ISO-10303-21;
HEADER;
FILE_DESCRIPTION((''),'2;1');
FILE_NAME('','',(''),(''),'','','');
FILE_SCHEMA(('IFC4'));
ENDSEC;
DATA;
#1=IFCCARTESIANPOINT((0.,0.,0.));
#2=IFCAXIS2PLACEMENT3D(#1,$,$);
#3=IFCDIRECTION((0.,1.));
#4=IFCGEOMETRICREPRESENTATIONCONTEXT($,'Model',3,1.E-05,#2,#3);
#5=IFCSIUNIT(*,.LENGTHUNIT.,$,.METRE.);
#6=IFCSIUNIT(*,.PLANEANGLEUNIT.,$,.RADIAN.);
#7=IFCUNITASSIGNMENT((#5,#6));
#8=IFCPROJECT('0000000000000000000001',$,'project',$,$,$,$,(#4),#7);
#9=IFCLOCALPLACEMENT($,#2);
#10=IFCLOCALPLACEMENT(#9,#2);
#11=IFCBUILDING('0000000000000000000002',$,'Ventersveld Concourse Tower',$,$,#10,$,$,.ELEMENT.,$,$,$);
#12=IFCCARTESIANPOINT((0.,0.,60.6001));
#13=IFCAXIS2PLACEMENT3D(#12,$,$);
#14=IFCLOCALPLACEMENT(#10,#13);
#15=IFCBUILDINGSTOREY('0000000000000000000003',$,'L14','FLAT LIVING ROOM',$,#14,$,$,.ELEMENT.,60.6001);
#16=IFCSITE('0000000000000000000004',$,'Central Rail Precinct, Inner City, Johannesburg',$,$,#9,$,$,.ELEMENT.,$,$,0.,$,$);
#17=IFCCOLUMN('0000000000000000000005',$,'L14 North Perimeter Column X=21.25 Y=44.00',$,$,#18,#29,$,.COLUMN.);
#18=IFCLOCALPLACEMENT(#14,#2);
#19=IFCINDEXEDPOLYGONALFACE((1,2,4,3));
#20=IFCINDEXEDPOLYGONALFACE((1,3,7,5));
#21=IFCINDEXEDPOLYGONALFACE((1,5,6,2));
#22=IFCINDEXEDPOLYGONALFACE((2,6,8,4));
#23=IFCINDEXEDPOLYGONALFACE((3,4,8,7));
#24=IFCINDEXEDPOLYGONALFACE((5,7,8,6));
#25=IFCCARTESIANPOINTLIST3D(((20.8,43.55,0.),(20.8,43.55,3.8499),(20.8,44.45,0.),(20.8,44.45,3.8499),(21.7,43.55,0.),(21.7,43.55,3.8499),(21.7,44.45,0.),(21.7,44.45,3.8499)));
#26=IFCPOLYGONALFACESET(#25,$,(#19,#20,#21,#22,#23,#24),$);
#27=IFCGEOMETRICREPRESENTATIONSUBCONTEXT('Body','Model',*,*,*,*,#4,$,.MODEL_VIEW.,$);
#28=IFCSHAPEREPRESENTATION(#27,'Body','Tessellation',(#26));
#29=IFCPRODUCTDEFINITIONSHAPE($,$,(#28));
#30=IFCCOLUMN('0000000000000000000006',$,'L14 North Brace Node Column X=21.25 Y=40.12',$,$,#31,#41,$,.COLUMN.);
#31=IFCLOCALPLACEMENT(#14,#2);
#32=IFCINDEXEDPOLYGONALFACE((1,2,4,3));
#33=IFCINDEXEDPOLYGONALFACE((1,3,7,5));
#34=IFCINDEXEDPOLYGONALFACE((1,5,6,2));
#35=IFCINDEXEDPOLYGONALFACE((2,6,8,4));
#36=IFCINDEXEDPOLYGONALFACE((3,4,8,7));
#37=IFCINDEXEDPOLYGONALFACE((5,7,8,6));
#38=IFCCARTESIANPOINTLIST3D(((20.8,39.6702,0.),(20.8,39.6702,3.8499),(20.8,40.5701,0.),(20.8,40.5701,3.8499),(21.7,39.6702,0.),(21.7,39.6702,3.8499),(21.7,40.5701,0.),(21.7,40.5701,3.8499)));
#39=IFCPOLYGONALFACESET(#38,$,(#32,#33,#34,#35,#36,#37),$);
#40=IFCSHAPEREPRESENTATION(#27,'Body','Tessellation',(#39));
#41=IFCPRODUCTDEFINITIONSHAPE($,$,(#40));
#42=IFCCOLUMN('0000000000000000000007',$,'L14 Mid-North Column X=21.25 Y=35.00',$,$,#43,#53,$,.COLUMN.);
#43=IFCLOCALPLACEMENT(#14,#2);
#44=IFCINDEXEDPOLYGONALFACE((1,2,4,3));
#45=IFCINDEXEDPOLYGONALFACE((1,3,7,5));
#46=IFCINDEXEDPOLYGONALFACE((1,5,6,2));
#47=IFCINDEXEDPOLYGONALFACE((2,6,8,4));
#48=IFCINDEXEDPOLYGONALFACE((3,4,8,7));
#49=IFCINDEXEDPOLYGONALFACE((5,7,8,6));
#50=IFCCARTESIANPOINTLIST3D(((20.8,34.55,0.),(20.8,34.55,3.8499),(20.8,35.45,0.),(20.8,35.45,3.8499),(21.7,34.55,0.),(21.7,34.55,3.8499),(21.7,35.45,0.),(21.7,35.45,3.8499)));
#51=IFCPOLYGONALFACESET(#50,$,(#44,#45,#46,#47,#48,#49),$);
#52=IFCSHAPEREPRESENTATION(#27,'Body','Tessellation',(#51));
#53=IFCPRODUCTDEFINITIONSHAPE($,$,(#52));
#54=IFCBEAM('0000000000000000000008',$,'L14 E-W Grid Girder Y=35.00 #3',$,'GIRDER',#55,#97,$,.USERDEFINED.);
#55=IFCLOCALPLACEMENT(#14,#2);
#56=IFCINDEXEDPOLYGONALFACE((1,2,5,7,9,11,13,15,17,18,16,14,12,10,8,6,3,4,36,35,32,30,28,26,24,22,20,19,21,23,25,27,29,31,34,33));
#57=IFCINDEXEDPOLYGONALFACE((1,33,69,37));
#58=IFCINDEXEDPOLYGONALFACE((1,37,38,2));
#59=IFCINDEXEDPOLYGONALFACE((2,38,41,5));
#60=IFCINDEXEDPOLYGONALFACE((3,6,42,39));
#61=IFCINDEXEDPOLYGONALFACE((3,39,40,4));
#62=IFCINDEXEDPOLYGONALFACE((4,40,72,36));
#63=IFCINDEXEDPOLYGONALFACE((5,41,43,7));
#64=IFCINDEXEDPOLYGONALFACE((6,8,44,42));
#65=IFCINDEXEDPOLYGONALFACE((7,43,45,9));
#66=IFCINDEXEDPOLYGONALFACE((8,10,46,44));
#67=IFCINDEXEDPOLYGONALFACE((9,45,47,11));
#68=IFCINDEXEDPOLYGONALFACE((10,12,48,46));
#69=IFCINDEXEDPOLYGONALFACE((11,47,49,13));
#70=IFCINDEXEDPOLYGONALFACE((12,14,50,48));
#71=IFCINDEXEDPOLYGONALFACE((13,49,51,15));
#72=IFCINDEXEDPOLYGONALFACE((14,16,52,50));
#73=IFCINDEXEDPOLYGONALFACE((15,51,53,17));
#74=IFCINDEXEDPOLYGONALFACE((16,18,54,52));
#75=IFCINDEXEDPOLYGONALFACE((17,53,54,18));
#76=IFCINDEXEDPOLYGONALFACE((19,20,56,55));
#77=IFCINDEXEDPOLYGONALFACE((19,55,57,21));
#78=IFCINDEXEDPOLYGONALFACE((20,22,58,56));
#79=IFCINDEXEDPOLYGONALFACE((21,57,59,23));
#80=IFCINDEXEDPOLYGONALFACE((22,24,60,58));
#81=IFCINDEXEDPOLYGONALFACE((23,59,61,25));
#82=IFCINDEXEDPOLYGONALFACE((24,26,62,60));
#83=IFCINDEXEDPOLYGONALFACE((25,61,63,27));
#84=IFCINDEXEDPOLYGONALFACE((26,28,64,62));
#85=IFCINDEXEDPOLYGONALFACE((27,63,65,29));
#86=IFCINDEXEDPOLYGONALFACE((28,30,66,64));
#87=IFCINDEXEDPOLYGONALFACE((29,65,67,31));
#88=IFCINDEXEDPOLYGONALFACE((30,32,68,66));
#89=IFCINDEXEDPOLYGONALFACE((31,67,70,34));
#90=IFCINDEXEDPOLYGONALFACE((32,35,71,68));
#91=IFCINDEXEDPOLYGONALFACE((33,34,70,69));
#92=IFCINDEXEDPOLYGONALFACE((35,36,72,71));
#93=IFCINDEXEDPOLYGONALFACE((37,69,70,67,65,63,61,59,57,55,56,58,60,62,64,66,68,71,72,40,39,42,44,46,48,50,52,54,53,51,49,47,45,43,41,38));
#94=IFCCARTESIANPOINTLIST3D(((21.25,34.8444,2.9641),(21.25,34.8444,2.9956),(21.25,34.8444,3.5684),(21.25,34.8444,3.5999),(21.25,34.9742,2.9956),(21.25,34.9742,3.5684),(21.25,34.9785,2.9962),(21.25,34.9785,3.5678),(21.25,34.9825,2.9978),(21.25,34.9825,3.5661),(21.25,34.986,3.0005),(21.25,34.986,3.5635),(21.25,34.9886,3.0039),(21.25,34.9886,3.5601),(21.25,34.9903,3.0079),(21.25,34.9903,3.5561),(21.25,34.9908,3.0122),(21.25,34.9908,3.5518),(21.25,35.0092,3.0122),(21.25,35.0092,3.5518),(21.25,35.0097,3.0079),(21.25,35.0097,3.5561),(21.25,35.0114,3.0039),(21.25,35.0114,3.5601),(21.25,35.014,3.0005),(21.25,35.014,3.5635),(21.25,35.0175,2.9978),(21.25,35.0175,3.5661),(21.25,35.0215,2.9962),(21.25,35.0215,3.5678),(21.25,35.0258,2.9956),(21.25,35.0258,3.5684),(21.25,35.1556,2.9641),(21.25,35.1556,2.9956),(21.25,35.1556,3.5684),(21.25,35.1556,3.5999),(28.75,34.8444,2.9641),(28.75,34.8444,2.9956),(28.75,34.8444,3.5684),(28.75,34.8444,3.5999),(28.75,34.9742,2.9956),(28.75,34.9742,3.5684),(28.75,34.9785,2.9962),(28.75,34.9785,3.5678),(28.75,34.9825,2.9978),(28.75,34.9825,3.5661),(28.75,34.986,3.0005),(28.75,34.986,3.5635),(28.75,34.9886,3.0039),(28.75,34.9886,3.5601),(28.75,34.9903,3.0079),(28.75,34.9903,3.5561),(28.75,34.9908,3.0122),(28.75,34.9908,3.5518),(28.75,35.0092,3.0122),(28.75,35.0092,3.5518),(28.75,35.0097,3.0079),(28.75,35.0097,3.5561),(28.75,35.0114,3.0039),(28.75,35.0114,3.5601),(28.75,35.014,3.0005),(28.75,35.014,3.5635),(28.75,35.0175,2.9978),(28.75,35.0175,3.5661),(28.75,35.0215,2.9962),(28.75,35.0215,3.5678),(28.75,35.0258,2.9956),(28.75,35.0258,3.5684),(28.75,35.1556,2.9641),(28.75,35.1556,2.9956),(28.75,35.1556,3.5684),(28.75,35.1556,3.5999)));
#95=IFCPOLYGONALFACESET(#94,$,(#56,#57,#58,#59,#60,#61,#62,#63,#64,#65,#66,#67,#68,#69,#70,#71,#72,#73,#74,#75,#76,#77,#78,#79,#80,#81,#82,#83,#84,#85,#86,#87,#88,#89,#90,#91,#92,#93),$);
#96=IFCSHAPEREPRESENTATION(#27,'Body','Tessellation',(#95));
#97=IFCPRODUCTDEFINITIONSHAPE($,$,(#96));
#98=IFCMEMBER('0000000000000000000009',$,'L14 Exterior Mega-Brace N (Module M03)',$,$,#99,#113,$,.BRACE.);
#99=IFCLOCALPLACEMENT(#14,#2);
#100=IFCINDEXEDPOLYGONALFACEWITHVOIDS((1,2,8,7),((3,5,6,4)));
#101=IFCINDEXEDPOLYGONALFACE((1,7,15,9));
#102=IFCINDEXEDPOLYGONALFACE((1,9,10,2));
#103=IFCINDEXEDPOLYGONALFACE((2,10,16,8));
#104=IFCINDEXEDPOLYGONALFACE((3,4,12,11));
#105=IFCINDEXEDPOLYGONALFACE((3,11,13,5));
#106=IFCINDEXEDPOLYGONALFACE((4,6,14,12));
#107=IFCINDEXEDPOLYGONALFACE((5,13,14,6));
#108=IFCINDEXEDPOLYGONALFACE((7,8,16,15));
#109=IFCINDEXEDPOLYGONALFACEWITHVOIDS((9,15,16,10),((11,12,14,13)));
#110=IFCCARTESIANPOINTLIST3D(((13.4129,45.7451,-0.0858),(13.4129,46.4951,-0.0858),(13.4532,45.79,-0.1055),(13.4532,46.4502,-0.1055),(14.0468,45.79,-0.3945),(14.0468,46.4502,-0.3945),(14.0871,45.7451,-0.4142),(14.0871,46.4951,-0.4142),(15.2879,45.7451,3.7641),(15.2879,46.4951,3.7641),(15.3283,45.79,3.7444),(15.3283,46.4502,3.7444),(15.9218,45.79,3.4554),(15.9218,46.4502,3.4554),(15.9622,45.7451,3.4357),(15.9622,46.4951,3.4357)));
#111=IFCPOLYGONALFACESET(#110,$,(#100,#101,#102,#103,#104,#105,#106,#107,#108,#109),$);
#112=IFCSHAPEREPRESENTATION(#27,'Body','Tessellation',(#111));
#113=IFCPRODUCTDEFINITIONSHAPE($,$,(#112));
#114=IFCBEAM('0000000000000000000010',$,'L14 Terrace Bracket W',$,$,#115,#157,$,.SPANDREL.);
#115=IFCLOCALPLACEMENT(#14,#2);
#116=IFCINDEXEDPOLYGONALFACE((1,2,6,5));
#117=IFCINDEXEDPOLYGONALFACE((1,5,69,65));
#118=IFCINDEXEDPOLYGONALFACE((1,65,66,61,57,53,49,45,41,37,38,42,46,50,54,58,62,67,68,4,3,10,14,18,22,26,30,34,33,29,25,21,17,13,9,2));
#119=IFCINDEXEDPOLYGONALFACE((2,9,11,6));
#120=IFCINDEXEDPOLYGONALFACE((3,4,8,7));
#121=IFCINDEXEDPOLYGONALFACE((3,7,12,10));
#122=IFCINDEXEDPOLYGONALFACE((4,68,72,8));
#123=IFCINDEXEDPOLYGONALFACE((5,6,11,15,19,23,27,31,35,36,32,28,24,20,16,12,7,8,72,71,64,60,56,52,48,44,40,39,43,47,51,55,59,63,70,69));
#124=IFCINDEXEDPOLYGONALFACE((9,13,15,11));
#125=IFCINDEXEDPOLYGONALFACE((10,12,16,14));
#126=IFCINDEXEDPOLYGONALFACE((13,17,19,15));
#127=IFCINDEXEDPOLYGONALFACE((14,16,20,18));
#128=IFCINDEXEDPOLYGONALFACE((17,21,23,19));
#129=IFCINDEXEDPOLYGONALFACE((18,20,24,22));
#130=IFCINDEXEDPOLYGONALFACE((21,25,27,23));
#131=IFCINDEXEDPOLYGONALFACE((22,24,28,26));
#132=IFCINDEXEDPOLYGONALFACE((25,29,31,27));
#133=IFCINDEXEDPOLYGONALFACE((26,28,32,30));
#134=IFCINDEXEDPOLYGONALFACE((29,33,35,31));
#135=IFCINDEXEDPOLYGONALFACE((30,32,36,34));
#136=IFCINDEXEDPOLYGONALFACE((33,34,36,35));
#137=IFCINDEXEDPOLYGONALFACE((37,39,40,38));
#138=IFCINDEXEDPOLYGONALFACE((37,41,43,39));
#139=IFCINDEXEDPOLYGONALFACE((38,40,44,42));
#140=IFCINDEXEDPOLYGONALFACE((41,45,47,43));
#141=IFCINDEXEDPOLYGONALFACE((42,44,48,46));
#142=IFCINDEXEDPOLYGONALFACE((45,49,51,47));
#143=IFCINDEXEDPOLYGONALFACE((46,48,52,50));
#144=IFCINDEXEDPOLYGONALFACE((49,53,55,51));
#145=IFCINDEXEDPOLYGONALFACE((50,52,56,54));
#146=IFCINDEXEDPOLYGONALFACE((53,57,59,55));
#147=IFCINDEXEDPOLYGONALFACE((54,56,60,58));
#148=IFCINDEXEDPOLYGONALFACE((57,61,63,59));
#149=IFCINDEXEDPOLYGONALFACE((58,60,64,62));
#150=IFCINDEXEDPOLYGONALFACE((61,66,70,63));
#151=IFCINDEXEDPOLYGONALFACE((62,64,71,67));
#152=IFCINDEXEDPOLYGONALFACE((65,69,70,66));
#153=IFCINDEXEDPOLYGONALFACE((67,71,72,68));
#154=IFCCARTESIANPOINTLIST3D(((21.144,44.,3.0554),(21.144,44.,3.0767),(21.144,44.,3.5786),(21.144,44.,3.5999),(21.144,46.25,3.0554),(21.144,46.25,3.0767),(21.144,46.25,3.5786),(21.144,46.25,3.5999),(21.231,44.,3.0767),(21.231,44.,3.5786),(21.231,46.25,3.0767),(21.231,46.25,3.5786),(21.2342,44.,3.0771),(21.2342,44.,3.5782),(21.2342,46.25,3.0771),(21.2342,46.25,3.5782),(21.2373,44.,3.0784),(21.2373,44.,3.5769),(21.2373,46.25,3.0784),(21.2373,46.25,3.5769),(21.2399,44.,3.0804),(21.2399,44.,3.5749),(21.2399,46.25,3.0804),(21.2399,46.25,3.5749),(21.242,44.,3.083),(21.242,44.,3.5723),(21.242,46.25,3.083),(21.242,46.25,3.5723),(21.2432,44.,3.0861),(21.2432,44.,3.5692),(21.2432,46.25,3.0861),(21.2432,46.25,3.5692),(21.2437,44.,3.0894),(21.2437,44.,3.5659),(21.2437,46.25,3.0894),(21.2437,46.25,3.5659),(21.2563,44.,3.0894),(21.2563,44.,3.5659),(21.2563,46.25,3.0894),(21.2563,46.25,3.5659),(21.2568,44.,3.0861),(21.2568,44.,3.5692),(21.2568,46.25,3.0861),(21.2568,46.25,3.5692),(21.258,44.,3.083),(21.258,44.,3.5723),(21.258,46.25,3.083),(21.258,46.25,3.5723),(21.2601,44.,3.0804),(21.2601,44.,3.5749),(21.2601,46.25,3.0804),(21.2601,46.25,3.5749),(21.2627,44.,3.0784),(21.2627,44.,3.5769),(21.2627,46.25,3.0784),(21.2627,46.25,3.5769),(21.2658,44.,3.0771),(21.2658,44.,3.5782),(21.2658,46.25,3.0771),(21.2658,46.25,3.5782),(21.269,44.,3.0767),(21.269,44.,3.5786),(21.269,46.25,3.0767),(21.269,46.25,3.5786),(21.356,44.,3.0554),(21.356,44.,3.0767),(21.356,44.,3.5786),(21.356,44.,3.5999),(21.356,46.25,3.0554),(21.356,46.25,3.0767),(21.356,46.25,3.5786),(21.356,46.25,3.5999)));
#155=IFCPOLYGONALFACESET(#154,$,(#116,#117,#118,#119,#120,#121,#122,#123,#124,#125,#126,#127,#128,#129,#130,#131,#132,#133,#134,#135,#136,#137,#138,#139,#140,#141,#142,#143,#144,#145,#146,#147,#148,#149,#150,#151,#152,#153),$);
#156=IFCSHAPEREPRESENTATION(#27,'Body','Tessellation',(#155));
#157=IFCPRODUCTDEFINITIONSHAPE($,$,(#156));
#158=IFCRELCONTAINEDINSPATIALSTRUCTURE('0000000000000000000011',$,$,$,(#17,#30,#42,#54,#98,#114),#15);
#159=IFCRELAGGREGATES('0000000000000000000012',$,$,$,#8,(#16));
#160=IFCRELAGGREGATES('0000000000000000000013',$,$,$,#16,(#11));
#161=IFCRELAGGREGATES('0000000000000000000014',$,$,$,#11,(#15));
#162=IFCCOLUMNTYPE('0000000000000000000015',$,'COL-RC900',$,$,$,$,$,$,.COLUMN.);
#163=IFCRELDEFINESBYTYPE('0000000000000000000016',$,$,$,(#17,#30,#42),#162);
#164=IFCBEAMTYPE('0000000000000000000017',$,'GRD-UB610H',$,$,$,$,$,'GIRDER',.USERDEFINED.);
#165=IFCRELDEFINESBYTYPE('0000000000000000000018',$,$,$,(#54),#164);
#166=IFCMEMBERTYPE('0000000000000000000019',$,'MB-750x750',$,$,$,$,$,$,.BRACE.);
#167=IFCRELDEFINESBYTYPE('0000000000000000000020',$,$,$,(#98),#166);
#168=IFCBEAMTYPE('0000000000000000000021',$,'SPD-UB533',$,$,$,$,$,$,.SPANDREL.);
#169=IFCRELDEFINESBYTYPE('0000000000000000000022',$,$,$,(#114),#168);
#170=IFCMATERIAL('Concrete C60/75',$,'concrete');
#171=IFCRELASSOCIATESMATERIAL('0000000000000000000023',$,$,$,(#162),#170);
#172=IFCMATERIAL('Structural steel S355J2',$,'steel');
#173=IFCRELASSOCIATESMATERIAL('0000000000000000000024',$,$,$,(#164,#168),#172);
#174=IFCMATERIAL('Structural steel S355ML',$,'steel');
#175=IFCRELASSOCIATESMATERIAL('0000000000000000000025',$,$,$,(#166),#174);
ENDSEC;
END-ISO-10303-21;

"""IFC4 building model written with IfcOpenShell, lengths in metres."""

from ifc_helpers import new_model, si_unit, direction, frame, origin, origin_2d, place, context, subcontext, project, spatial, rectangle, hollow_rectangle, i_section, extrude, material, material_profile, profile_set, type_object, element, save


model = new_model("IFC4")

# Units and contexts
model_context = context("Model", 3, precision=1e-05, world=origin(), true_north=direction((0.0, 1.0)))
body_context = subcontext(model_context, "Body", "Model", "MODEL_VIEW")
ifc_project = project(units=[si_unit("LENGTHUNIT", "METRE"), si_unit("PLANEANGLEUNIT", "RADIAN")], contexts=[model_context])

# Site, building, storey
site_placement = place(None, origin())
site = spatial("IfcSite", under=ifc_project, at=site_placement, Name="Central Rail Precinct, Inner City, Johannesburg", CompositionType="ELEMENT", RefElevation=0.0)
building_placement = place(site_placement, origin())
building = spatial("IfcBuilding", under=site, at=building_placement, Name="Ventersveld Concourse Tower", CompositionType="ELEMENT")
storey_placement = place(building_placement, frame((0.0, 0.0, 60.6001)))
storey = spatial("IfcBuildingStorey", under=building, at=storey_placement, Name="L14", Description="FLAT LIVING ROOM", CompositionType="ELEMENT", Elevation=60.6001)

# Columns
ifc_material_1 = material(Name="Concrete C60/75", Category="concrete")
ifc_material_profile_1 = material_profile(ifc_material_1, rectangle(XDim=0.8999, YDim=0.8999, at=origin_2d()), Name="RC 900x900")
ifc_profile_set_1 = profile_set([ifc_material_profile_1], Name="Concrete C60/75")
column_type = type_object("IfcColumnType", Name="COL-RC900", PredefinedType="COLUMN", material=ifc_profile_set_1)
for number, where, z_axis, x_axis, name in (
    (1, (21.25, 44.0, 0.0), (0.0, 0.0, 1.0), (1.0, 0.0, 0.0), "L14 North Perimeter Column X=21.25 Y=44.00"),
    (2, (21.25, 40.1201, 0.0), (0.0, 0.0, 1.0), (1.0, 0.0, 0.0), "L14 North Brace Node Column X=21.25 Y=40.12"),
    (3, (21.25, 35.0, 0.0), (0.0, 0.0, 1.0), (1.0, 0.0, 0.0), "L14 Mid-North Column X=21.25 Y=35.00"),
):
    element("IfcColumn", number, at=place(storey_placement, frame(where, z_axis=z_axis, x_axis=x_axis)), inside=storey, type_object=column_type, Name=name, PredefinedType="COLUMN", context=body_context, shape_type="SweptSolid", body=[
        extrude(rectangle(XDim=0.8999, YDim=0.8999, at=origin_2d()), origin(), (0.0, 0.0, 1.0), 3.8499),
    ])

# Beam
ifc_material_2 = material(Name="Structural steel S355J2", Category="steel")
ifc_material_profile_2 = material_profile(ifc_material_2, i_section(OverallWidth=0.3113, OverallDepth=0.6357, WebThickness=0.0183, FlangeThickness=0.0315, FilletRadius=0.0166, at=origin_2d()), Name="UB 610x305x238")
ifc_profile_set_2 = profile_set([ifc_material_profile_2], Name="Structural steel S355J2")
beam_type_1 = type_object("IfcBeamType", Name="GRD-UB610H", ElementType="GIRDER", PredefinedType="USERDEFINED", material=ifc_profile_set_2)
beam_1_placement = place(storey_placement, frame((21.25, 35.0, 3.282), z_axis=(1.0, 0.0, 0.0), x_axis=(0.0, 1.0, 0.0)))
element("IfcBeam", 4, at=beam_1_placement, inside=storey, type_object=beam_type_1, Name="L14 E-W Grid Girder Y=35.00 #3", ObjectType="GIRDER", PredefinedType="USERDEFINED", context=body_context, shape_type="SweptSolid", body=[
    extrude(i_section(OverallWidth=0.3113, OverallDepth=0.6357, WebThickness=0.0183, FlangeThickness=0.0315, FilletRadius=0.0166, at=origin_2d()), origin(), (0.0, 0.0, 1.0), 7.5),
])

# Member
ifc_material_3 = material(Name="Structural steel S355ML", Category="steel")
ifc_material_profile_3 = material_profile(ifc_material_3, hollow_rectangle(XDim=0.75, YDim=0.75, WallThickness=0.0449, at=origin_2d()), Name="BOX 750x750x45")
ifc_profile_set_3 = profile_set([ifc_material_profile_3], Name="Structural steel S355ML")
member_type = type_object("IfcMemberType", Name="MB-750x750", PredefinedType="BRACE", material=ifc_profile_set_3)
member_placement = place(storey_placement, frame((13.75, 46.1201, -0.25), z_axis=(0.437862, 0.0, 0.899042), x_axis=(0.0, 1.0, 0.0)))
element("IfcMember", 5, at=member_placement, inside=storey, type_object=member_type, Name="L14 Exterior Mega-Brace N (Module M03)", PredefinedType="BRACE", context=body_context, shape_type="SweptSolid", body=[
    extrude(hollow_rectangle(XDim=0.75, YDim=0.75, WallThickness=0.0449, at=origin_2d()), origin(), (0.0, 0.0, 1.0), 4.2822),
])

# Beam
ifc_material_profile_4 = material_profile(ifc_material_2, i_section(OverallWidth=0.2119, OverallDepth=0.5444, WebThickness=0.0127, FlangeThickness=0.0212, FilletRadius=0.0127, at=origin_2d()), Name="UB 533x210x122")
ifc_profile_set_4 = profile_set([ifc_material_profile_4], Name="Structural steel S355J2")
beam_type_2 = type_object("IfcBeamType", Name="SPD-UB533", PredefinedType="SPANDREL", material=ifc_profile_set_4)
beam_2_placement = place(storey_placement, frame((21.25, 44.0, 3.3276), z_axis=(0.0, 1.0, 0.0), x_axis=(-1.0, 0.0, 0.0)))
element("IfcBeam", 6, at=beam_2_placement, inside=storey, type_object=beam_type_2, Name="L14 Terrace Bracket W", PredefinedType="SPANDREL", context=body_context, shape_type="SweptSolid", body=[
    extrude(i_section(OverallWidth=0.2119, OverallDepth=0.5444, WebThickness=0.0127, FlangeThickness=0.0212, FilletRadius=0.0127, at=origin_2d()), origin(), (0.0, 0.0, 1.0), 2.25),
])

save(model, "model.ifc")
